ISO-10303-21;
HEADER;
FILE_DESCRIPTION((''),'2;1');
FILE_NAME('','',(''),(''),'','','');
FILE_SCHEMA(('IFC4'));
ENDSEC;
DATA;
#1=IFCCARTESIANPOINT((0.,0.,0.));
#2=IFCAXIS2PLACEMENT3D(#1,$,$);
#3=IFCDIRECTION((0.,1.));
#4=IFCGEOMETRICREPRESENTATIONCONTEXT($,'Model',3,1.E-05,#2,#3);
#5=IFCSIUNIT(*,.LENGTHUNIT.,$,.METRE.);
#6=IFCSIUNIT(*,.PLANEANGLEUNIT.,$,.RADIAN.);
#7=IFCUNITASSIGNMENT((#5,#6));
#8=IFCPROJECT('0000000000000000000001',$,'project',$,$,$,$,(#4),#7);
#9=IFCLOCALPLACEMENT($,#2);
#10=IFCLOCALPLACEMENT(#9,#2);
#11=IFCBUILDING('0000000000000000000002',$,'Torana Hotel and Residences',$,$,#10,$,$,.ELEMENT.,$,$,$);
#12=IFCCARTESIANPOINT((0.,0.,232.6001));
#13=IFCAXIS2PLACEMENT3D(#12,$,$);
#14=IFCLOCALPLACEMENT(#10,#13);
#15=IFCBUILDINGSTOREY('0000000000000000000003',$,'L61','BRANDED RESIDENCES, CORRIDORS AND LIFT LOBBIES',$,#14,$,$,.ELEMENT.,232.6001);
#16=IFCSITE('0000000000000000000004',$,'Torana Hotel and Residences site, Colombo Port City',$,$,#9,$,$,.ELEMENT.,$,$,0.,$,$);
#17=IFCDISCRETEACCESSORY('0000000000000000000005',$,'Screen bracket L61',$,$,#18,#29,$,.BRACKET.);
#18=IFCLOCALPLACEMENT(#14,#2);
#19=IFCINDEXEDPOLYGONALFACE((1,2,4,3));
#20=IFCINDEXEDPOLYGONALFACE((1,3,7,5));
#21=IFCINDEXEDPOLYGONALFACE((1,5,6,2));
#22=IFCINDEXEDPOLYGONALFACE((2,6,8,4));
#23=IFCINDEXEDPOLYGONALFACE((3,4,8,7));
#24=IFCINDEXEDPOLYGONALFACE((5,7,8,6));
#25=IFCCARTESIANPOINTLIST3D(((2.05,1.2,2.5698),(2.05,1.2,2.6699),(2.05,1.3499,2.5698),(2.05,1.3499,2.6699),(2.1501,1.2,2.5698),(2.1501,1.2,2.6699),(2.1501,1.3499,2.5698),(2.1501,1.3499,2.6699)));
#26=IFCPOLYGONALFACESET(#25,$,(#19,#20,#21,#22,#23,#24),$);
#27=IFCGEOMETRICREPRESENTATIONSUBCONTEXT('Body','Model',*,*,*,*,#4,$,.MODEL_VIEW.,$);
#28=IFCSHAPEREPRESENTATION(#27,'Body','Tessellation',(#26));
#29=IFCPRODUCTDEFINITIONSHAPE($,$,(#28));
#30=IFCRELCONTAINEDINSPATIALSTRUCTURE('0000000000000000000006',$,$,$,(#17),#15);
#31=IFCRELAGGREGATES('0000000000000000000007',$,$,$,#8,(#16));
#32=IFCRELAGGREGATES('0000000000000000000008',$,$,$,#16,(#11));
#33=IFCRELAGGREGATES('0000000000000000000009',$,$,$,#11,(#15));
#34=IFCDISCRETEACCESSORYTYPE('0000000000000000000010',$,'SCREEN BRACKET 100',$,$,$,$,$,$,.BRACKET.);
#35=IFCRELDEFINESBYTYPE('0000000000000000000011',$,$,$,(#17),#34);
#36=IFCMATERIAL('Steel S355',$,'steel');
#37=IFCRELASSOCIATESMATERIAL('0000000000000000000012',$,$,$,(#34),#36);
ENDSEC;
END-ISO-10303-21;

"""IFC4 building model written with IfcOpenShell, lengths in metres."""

from ifc_helpers import new_model, si_unit, direction, frame, origin, origin_2d, place, context, subcontext, project, spatial, rectangle, extrude, material, type_object, element, save


model = new_model("IFC4")

# Units and contexts
model_context = context("Model", 3, precision=1e-05, world=origin(), true_north=direction((0.0, 1.0)))
body_context = subcontext(model_context, "Body", "Model", "MODEL_VIEW")
ifc_project = project(units=[si_unit("LENGTHUNIT", "METRE"), si_unit("PLANEANGLEUNIT", "RADIAN")], contexts=[model_context])

# Site, building, storey
site_placement = place(None, origin())
site = spatial("IfcSite", under=ifc_project, at=site_placement, Name="Torana Hotel and Residences site, Colombo Port City", CompositionType="ELEMENT", RefElevation=0.0)
building_placement = place(site_placement, origin())
building = spatial("IfcBuilding", under=site, at=building_placement, Name="Torana Hotel and Residences", CompositionType="ELEMENT")
storey_placement = place(building_placement, frame((0.0, 0.0, 232.6001)))
storey = spatial("IfcBuildingStorey", under=building, at=storey_placement, Name="L61", Description="BRANDED RESIDENCES, CORRIDORS AND LIFT LOBBIES", CompositionType="ELEMENT", Elevation=232.6001)

# Discrete accessory
ifc_material_1 = material(Name="Steel S355", Category="steel")
discrete_accessory_type = type_object("IfcDiscreteAccessoryType", Name="SCREEN BRACKET 100", PredefinedType="BRACKET", material=ifc_material_1)
for number, where, z_axis, x_axis, name in (
    (1, (2.1001, 1.2749, 2.5698), (0.0, 0.0, 1.0), (-1.0, 0.0, 0.0), "Screen bracket L61"),
):
    element("IfcDiscreteAccessory", number, at=place(storey_placement, frame(where, z_axis=z_axis, x_axis=x_axis)), inside=storey, type_object=discrete_accessory_type, Name=name, PredefinedType="BRACKET", context=body_context, shape_type="SweptSolid", body=[
        extrude(rectangle(XDim=0.1001, YDim=0.1499, at=origin_2d()), origin(), (0.0, 0.0, 1.0), 0.1001),
    ])

save(model, "model.ifc")
